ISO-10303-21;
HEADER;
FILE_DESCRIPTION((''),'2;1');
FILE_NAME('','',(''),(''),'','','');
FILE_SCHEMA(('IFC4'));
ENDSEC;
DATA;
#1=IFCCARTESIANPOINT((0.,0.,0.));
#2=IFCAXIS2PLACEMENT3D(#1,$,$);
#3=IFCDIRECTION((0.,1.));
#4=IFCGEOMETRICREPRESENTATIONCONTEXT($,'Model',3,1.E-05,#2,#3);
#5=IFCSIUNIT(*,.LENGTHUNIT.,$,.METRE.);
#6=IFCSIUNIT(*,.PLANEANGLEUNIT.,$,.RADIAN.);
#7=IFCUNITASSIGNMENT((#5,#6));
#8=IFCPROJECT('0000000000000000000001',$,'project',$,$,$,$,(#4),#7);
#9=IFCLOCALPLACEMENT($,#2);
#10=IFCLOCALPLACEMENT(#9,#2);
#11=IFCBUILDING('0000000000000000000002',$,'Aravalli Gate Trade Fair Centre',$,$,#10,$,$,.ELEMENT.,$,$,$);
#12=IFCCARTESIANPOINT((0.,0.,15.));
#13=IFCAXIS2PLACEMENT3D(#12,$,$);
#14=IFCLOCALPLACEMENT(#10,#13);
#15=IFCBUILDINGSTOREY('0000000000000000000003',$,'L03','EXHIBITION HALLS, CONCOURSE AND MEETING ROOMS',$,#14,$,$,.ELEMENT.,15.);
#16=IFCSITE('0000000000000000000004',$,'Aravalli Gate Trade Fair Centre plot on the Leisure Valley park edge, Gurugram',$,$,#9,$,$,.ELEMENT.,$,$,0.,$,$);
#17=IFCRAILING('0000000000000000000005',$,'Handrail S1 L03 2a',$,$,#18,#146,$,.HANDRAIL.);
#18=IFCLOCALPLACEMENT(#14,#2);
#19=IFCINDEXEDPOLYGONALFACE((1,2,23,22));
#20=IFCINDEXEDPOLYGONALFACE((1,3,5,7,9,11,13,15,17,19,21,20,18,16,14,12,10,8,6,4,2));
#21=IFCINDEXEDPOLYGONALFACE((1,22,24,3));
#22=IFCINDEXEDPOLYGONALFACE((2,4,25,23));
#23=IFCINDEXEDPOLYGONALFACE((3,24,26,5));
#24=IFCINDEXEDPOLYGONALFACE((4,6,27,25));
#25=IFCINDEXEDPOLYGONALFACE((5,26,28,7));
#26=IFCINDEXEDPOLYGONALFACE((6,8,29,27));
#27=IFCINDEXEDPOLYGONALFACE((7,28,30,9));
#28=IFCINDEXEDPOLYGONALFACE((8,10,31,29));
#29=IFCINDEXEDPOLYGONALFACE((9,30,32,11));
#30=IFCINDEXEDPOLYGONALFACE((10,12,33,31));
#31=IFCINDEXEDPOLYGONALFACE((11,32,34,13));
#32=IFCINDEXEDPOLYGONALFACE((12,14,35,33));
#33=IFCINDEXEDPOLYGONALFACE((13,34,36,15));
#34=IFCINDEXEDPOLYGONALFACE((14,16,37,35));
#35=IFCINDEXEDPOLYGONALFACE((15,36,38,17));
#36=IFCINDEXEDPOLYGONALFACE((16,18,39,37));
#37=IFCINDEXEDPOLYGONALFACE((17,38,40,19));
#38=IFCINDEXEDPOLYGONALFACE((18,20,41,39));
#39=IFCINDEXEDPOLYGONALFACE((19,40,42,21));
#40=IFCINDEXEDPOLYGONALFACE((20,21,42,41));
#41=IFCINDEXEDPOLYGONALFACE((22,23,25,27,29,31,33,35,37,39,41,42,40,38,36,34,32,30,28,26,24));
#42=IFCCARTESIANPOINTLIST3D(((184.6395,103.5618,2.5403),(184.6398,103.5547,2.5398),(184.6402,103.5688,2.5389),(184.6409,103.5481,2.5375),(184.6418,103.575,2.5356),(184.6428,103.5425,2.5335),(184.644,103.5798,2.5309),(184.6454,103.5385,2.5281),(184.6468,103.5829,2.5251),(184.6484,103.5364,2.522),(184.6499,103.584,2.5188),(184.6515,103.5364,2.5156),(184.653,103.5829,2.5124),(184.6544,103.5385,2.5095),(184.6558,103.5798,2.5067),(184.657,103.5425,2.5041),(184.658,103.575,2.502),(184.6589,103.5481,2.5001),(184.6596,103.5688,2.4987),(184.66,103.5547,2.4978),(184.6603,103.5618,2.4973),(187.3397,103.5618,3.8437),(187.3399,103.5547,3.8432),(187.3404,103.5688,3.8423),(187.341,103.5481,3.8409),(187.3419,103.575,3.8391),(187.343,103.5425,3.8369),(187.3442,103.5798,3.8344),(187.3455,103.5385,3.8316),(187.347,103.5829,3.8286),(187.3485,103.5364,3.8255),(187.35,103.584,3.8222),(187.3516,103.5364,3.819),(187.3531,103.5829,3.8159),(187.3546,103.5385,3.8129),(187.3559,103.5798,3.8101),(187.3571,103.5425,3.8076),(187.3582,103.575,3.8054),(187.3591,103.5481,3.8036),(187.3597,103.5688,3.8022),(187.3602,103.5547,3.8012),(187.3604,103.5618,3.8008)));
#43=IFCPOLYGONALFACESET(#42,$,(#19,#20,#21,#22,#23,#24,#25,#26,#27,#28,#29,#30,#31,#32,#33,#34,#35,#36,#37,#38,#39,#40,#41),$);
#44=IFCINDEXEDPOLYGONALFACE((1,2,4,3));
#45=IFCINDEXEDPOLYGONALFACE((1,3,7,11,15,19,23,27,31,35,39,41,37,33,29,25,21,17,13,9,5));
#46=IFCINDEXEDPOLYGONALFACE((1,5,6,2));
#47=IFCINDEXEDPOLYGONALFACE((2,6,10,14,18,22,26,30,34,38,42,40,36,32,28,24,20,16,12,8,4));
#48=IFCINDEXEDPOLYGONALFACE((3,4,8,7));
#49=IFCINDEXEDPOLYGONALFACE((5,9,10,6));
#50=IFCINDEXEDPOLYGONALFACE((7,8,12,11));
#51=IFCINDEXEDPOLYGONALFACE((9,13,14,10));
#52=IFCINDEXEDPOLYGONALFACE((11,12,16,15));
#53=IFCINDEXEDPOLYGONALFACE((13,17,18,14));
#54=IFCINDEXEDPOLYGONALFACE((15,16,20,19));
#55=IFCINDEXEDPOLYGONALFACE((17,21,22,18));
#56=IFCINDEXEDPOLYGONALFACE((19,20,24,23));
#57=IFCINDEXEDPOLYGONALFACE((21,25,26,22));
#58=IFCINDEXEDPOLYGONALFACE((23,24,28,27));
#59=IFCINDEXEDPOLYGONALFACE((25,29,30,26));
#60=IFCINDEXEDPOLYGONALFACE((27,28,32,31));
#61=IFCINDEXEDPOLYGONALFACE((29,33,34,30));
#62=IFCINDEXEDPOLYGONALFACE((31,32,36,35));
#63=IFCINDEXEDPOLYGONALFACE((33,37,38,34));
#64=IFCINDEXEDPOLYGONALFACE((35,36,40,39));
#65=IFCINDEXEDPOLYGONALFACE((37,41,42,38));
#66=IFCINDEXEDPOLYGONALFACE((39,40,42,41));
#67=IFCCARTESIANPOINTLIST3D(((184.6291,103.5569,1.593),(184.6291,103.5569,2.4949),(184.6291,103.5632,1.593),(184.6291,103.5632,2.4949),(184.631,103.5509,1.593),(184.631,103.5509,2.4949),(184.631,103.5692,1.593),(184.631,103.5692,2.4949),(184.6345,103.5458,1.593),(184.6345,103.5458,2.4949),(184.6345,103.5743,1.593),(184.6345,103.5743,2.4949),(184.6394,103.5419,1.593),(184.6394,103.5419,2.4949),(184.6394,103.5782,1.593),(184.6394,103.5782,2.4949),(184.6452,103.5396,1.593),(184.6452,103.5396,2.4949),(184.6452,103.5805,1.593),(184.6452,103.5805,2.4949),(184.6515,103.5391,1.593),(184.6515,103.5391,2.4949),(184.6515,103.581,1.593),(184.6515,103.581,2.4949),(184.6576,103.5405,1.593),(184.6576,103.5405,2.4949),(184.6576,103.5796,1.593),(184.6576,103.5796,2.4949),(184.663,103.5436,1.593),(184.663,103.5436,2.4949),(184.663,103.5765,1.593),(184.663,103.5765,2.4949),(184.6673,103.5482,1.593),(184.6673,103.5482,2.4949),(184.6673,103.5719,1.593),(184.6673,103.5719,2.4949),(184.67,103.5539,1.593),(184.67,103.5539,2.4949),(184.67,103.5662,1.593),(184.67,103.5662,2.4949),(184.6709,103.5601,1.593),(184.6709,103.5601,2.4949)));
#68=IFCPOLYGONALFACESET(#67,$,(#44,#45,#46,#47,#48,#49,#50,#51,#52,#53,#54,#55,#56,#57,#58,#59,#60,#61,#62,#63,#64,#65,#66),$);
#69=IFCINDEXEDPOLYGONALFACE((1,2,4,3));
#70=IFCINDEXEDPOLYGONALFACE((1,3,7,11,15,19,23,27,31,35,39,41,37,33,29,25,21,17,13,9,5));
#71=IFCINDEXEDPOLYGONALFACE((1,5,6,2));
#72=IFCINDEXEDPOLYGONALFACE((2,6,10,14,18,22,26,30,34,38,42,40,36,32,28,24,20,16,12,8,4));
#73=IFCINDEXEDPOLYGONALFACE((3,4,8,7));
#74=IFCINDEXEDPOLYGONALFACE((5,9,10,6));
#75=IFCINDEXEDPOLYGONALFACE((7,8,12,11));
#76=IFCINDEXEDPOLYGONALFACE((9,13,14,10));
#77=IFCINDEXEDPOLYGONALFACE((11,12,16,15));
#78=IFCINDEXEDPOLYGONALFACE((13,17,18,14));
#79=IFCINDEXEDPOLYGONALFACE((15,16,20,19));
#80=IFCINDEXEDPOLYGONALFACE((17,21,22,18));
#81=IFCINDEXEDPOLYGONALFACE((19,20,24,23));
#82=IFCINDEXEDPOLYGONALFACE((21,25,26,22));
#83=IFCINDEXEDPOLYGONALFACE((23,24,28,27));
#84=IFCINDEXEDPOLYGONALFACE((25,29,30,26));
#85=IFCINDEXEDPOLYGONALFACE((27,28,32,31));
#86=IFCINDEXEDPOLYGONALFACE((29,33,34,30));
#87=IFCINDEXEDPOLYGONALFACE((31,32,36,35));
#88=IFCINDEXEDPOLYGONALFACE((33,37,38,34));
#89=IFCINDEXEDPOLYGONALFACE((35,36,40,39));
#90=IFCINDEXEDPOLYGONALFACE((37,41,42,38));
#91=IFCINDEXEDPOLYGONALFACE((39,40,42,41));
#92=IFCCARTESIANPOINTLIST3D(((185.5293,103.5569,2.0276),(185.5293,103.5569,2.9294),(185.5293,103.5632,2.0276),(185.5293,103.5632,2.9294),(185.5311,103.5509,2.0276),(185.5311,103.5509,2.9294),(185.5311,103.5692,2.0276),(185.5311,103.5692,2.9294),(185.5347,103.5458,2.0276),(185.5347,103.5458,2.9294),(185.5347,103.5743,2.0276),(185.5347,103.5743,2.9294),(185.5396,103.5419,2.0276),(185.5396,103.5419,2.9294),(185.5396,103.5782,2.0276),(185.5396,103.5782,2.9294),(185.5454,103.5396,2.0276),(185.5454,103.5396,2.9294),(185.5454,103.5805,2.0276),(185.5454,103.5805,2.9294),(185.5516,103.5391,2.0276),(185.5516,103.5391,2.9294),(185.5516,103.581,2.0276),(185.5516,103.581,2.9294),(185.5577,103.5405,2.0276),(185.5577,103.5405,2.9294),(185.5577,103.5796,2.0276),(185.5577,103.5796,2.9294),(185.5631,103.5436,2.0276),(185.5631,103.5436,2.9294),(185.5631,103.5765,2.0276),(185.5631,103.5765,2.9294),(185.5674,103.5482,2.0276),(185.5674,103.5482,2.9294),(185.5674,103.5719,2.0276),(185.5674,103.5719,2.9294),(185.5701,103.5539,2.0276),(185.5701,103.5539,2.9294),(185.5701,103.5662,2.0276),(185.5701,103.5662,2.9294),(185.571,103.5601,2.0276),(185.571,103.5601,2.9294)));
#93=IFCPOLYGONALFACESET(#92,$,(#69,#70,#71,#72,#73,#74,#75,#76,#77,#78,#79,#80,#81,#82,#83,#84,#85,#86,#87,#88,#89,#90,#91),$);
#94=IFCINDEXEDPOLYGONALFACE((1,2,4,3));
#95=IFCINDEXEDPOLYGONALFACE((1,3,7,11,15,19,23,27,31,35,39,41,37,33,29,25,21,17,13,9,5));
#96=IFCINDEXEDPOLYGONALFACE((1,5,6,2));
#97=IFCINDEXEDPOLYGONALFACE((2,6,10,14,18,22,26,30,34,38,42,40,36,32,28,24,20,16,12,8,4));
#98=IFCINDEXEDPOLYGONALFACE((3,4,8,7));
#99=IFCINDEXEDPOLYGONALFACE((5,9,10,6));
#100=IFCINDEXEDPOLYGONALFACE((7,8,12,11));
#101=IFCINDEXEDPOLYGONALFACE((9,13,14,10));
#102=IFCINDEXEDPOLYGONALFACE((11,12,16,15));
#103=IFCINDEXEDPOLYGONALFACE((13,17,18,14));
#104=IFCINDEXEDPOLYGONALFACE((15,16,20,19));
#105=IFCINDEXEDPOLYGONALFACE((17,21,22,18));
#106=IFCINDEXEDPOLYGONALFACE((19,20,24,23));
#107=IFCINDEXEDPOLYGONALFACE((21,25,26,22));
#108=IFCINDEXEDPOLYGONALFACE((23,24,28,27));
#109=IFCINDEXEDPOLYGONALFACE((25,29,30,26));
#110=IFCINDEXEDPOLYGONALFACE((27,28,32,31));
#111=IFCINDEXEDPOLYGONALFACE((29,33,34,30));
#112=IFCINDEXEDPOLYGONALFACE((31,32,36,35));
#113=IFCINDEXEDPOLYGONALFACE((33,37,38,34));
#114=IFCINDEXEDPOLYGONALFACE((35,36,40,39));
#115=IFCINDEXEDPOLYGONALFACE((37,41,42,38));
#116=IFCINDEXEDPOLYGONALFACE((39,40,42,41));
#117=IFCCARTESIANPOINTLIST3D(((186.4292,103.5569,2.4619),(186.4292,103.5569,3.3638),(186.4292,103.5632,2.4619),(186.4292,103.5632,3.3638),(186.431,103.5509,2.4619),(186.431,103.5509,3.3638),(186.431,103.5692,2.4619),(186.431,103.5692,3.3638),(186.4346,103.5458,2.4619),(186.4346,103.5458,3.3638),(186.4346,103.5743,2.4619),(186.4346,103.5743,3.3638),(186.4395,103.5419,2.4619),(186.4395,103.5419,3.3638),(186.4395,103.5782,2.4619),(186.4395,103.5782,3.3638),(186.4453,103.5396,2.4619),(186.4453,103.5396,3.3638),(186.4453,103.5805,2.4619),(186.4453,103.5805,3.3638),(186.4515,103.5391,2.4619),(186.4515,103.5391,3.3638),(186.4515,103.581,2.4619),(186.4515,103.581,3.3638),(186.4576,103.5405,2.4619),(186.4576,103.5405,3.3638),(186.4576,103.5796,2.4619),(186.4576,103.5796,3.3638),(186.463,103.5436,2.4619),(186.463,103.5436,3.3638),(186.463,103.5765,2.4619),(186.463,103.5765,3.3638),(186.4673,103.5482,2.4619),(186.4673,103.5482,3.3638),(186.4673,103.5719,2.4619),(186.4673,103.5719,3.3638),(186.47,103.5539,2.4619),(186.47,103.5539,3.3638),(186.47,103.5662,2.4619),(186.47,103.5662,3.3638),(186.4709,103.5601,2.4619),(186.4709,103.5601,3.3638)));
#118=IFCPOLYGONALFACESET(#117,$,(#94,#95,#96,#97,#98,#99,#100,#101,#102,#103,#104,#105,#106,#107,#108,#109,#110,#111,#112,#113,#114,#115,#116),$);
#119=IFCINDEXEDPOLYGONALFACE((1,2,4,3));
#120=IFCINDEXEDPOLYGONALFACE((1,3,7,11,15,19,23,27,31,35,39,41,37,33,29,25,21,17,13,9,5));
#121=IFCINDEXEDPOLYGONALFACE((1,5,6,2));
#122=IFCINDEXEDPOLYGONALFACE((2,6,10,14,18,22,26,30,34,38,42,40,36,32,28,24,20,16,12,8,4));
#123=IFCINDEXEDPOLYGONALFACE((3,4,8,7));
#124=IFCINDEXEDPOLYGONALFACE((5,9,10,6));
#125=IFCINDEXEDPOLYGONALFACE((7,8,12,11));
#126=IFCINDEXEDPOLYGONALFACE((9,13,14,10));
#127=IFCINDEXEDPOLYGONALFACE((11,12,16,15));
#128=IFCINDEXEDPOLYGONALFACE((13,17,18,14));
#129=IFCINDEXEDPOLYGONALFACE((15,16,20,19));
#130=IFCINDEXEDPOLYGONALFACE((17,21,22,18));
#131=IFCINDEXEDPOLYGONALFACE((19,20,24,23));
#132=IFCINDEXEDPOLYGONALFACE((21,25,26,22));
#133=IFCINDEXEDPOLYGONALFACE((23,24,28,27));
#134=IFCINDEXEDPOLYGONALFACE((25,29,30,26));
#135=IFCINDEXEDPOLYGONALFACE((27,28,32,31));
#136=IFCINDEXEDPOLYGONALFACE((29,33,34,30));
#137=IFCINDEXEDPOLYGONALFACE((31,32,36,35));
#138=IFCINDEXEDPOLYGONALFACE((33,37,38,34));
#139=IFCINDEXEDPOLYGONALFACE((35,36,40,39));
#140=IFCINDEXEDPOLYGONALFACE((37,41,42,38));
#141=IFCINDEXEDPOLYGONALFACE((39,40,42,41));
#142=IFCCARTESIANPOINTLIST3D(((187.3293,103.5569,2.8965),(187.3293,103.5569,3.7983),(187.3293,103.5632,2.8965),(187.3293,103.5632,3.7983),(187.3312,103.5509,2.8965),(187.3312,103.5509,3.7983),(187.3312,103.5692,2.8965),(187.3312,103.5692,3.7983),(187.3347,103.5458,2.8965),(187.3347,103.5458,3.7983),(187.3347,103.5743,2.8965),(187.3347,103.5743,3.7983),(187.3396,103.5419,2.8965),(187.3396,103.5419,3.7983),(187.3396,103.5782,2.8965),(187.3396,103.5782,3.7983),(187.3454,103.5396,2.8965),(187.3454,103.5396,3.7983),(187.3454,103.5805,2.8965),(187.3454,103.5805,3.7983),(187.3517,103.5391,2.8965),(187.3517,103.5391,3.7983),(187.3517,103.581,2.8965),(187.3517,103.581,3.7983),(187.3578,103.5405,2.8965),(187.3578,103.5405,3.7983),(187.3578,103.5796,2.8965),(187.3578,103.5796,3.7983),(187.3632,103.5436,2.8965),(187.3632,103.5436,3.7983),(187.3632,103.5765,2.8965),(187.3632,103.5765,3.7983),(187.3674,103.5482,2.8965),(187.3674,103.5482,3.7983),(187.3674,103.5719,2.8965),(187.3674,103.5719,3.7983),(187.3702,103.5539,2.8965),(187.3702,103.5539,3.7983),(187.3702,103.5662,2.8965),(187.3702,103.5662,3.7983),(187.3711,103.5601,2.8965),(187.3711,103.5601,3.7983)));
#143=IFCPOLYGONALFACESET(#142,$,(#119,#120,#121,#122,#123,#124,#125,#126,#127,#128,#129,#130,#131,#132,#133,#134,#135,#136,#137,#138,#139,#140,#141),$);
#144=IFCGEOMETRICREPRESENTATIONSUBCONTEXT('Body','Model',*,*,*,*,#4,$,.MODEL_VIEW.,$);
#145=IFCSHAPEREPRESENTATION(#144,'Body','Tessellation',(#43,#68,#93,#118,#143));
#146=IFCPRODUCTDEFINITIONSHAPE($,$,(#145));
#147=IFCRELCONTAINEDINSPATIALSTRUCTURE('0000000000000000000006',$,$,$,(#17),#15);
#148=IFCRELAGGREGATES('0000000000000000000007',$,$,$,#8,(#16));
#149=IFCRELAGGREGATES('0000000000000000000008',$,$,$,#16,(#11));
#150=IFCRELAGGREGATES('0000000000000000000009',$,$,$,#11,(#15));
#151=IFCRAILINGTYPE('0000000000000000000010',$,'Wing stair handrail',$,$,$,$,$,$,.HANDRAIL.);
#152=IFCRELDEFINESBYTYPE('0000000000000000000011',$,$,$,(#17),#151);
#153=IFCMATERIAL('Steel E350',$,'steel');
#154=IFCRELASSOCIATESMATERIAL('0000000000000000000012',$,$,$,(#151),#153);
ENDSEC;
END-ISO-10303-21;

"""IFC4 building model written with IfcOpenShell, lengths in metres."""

from ifc_helpers import new_model, si_unit, direction, frame, origin, origin_2d, place, context, subcontext, project, spatial, circle, extrude, material, type_object, element, save


model = new_model("IFC4")

# Units and contexts
model_context = context("Model", 3, precision=1e-05, world=origin(), true_north=direction((0.0, 1.0)))
body_context = subcontext(model_context, "Body", "Model", "MODEL_VIEW")
ifc_project = project(units=[si_unit("LENGTHUNIT", "METRE"), si_unit("PLANEANGLEUNIT", "RADIAN")], contexts=[model_context])

# Site, building, storey
site_placement = place(None, origin())
site = spatial("IfcSite", under=ifc_project, at=site_placement, Name="Aravalli Gate Trade Fair Centre plot on the Leisure Valley park edge, Gurugram", CompositionType="ELEMENT", RefElevation=0.0)
building_placement = place(site_placement, origin())
building = spatial("IfcBuilding", under=site, at=building_placement, Name="Aravalli Gate Trade Fair Centre", CompositionType="ELEMENT")
storey_placement = place(building_placement, frame((0.0, 0.0, 15.0)))
storey = spatial("IfcBuildingStorey", under=building, at=storey_placement, Name="L03", Description="EXHIBITION HALLS, CONCOURSE AND MEETING ROOMS", CompositionType="ELEMENT", Elevation=15.0)

# Shared definitions
ifc_material_1 = material(Name="Steel E350", Category="steel")

# Railing
railing_type = type_object("IfcRailingType", Name="Wing stair handrail", PredefinedType="HANDRAIL", material=ifc_material_1)
railing_1_placement = place(storey_placement, frame((184.6499, 103.5601, 1.593)))
element("IfcRailing", 1, at=railing_1_placement, inside=storey, type_object=railing_type, Name="Handrail S1 L03 2a", PredefinedType="HANDRAIL", context=body_context, shape_type="SweptSolid", body=[
    extrude(circle(Radius=0.0239, at=origin_2d()), frame((0.0, 0.0, 0.9258), z_axis=(0.900562, 0.0, 0.434729), x_axis=(0.0, 1.0, 0.0)), (0.0, 0.0, 1.0), 2.9983),
    extrude(circle(Radius=0.021, at=origin_2d()), origin(), (0.0, 0.0, 1.0), 0.9019),
    extrude(circle(Radius=0.021, at=origin_2d()), frame((0.9001, 0.0, 0.4346)), (0.0, 0.0, 1.0), 0.9019),
    extrude(circle(Radius=0.021, at=origin_2d()), frame((1.8, 0.0, 0.8689)), (0.0, 0.0, 1.0), 0.9019),
    extrude(circle(Radius=0.021, at=origin_2d()), frame((2.7002, 0.0, 1.3035)), (0.0, 0.0, 1.0), 0.9019),
])

save(model, "model.ifc")
